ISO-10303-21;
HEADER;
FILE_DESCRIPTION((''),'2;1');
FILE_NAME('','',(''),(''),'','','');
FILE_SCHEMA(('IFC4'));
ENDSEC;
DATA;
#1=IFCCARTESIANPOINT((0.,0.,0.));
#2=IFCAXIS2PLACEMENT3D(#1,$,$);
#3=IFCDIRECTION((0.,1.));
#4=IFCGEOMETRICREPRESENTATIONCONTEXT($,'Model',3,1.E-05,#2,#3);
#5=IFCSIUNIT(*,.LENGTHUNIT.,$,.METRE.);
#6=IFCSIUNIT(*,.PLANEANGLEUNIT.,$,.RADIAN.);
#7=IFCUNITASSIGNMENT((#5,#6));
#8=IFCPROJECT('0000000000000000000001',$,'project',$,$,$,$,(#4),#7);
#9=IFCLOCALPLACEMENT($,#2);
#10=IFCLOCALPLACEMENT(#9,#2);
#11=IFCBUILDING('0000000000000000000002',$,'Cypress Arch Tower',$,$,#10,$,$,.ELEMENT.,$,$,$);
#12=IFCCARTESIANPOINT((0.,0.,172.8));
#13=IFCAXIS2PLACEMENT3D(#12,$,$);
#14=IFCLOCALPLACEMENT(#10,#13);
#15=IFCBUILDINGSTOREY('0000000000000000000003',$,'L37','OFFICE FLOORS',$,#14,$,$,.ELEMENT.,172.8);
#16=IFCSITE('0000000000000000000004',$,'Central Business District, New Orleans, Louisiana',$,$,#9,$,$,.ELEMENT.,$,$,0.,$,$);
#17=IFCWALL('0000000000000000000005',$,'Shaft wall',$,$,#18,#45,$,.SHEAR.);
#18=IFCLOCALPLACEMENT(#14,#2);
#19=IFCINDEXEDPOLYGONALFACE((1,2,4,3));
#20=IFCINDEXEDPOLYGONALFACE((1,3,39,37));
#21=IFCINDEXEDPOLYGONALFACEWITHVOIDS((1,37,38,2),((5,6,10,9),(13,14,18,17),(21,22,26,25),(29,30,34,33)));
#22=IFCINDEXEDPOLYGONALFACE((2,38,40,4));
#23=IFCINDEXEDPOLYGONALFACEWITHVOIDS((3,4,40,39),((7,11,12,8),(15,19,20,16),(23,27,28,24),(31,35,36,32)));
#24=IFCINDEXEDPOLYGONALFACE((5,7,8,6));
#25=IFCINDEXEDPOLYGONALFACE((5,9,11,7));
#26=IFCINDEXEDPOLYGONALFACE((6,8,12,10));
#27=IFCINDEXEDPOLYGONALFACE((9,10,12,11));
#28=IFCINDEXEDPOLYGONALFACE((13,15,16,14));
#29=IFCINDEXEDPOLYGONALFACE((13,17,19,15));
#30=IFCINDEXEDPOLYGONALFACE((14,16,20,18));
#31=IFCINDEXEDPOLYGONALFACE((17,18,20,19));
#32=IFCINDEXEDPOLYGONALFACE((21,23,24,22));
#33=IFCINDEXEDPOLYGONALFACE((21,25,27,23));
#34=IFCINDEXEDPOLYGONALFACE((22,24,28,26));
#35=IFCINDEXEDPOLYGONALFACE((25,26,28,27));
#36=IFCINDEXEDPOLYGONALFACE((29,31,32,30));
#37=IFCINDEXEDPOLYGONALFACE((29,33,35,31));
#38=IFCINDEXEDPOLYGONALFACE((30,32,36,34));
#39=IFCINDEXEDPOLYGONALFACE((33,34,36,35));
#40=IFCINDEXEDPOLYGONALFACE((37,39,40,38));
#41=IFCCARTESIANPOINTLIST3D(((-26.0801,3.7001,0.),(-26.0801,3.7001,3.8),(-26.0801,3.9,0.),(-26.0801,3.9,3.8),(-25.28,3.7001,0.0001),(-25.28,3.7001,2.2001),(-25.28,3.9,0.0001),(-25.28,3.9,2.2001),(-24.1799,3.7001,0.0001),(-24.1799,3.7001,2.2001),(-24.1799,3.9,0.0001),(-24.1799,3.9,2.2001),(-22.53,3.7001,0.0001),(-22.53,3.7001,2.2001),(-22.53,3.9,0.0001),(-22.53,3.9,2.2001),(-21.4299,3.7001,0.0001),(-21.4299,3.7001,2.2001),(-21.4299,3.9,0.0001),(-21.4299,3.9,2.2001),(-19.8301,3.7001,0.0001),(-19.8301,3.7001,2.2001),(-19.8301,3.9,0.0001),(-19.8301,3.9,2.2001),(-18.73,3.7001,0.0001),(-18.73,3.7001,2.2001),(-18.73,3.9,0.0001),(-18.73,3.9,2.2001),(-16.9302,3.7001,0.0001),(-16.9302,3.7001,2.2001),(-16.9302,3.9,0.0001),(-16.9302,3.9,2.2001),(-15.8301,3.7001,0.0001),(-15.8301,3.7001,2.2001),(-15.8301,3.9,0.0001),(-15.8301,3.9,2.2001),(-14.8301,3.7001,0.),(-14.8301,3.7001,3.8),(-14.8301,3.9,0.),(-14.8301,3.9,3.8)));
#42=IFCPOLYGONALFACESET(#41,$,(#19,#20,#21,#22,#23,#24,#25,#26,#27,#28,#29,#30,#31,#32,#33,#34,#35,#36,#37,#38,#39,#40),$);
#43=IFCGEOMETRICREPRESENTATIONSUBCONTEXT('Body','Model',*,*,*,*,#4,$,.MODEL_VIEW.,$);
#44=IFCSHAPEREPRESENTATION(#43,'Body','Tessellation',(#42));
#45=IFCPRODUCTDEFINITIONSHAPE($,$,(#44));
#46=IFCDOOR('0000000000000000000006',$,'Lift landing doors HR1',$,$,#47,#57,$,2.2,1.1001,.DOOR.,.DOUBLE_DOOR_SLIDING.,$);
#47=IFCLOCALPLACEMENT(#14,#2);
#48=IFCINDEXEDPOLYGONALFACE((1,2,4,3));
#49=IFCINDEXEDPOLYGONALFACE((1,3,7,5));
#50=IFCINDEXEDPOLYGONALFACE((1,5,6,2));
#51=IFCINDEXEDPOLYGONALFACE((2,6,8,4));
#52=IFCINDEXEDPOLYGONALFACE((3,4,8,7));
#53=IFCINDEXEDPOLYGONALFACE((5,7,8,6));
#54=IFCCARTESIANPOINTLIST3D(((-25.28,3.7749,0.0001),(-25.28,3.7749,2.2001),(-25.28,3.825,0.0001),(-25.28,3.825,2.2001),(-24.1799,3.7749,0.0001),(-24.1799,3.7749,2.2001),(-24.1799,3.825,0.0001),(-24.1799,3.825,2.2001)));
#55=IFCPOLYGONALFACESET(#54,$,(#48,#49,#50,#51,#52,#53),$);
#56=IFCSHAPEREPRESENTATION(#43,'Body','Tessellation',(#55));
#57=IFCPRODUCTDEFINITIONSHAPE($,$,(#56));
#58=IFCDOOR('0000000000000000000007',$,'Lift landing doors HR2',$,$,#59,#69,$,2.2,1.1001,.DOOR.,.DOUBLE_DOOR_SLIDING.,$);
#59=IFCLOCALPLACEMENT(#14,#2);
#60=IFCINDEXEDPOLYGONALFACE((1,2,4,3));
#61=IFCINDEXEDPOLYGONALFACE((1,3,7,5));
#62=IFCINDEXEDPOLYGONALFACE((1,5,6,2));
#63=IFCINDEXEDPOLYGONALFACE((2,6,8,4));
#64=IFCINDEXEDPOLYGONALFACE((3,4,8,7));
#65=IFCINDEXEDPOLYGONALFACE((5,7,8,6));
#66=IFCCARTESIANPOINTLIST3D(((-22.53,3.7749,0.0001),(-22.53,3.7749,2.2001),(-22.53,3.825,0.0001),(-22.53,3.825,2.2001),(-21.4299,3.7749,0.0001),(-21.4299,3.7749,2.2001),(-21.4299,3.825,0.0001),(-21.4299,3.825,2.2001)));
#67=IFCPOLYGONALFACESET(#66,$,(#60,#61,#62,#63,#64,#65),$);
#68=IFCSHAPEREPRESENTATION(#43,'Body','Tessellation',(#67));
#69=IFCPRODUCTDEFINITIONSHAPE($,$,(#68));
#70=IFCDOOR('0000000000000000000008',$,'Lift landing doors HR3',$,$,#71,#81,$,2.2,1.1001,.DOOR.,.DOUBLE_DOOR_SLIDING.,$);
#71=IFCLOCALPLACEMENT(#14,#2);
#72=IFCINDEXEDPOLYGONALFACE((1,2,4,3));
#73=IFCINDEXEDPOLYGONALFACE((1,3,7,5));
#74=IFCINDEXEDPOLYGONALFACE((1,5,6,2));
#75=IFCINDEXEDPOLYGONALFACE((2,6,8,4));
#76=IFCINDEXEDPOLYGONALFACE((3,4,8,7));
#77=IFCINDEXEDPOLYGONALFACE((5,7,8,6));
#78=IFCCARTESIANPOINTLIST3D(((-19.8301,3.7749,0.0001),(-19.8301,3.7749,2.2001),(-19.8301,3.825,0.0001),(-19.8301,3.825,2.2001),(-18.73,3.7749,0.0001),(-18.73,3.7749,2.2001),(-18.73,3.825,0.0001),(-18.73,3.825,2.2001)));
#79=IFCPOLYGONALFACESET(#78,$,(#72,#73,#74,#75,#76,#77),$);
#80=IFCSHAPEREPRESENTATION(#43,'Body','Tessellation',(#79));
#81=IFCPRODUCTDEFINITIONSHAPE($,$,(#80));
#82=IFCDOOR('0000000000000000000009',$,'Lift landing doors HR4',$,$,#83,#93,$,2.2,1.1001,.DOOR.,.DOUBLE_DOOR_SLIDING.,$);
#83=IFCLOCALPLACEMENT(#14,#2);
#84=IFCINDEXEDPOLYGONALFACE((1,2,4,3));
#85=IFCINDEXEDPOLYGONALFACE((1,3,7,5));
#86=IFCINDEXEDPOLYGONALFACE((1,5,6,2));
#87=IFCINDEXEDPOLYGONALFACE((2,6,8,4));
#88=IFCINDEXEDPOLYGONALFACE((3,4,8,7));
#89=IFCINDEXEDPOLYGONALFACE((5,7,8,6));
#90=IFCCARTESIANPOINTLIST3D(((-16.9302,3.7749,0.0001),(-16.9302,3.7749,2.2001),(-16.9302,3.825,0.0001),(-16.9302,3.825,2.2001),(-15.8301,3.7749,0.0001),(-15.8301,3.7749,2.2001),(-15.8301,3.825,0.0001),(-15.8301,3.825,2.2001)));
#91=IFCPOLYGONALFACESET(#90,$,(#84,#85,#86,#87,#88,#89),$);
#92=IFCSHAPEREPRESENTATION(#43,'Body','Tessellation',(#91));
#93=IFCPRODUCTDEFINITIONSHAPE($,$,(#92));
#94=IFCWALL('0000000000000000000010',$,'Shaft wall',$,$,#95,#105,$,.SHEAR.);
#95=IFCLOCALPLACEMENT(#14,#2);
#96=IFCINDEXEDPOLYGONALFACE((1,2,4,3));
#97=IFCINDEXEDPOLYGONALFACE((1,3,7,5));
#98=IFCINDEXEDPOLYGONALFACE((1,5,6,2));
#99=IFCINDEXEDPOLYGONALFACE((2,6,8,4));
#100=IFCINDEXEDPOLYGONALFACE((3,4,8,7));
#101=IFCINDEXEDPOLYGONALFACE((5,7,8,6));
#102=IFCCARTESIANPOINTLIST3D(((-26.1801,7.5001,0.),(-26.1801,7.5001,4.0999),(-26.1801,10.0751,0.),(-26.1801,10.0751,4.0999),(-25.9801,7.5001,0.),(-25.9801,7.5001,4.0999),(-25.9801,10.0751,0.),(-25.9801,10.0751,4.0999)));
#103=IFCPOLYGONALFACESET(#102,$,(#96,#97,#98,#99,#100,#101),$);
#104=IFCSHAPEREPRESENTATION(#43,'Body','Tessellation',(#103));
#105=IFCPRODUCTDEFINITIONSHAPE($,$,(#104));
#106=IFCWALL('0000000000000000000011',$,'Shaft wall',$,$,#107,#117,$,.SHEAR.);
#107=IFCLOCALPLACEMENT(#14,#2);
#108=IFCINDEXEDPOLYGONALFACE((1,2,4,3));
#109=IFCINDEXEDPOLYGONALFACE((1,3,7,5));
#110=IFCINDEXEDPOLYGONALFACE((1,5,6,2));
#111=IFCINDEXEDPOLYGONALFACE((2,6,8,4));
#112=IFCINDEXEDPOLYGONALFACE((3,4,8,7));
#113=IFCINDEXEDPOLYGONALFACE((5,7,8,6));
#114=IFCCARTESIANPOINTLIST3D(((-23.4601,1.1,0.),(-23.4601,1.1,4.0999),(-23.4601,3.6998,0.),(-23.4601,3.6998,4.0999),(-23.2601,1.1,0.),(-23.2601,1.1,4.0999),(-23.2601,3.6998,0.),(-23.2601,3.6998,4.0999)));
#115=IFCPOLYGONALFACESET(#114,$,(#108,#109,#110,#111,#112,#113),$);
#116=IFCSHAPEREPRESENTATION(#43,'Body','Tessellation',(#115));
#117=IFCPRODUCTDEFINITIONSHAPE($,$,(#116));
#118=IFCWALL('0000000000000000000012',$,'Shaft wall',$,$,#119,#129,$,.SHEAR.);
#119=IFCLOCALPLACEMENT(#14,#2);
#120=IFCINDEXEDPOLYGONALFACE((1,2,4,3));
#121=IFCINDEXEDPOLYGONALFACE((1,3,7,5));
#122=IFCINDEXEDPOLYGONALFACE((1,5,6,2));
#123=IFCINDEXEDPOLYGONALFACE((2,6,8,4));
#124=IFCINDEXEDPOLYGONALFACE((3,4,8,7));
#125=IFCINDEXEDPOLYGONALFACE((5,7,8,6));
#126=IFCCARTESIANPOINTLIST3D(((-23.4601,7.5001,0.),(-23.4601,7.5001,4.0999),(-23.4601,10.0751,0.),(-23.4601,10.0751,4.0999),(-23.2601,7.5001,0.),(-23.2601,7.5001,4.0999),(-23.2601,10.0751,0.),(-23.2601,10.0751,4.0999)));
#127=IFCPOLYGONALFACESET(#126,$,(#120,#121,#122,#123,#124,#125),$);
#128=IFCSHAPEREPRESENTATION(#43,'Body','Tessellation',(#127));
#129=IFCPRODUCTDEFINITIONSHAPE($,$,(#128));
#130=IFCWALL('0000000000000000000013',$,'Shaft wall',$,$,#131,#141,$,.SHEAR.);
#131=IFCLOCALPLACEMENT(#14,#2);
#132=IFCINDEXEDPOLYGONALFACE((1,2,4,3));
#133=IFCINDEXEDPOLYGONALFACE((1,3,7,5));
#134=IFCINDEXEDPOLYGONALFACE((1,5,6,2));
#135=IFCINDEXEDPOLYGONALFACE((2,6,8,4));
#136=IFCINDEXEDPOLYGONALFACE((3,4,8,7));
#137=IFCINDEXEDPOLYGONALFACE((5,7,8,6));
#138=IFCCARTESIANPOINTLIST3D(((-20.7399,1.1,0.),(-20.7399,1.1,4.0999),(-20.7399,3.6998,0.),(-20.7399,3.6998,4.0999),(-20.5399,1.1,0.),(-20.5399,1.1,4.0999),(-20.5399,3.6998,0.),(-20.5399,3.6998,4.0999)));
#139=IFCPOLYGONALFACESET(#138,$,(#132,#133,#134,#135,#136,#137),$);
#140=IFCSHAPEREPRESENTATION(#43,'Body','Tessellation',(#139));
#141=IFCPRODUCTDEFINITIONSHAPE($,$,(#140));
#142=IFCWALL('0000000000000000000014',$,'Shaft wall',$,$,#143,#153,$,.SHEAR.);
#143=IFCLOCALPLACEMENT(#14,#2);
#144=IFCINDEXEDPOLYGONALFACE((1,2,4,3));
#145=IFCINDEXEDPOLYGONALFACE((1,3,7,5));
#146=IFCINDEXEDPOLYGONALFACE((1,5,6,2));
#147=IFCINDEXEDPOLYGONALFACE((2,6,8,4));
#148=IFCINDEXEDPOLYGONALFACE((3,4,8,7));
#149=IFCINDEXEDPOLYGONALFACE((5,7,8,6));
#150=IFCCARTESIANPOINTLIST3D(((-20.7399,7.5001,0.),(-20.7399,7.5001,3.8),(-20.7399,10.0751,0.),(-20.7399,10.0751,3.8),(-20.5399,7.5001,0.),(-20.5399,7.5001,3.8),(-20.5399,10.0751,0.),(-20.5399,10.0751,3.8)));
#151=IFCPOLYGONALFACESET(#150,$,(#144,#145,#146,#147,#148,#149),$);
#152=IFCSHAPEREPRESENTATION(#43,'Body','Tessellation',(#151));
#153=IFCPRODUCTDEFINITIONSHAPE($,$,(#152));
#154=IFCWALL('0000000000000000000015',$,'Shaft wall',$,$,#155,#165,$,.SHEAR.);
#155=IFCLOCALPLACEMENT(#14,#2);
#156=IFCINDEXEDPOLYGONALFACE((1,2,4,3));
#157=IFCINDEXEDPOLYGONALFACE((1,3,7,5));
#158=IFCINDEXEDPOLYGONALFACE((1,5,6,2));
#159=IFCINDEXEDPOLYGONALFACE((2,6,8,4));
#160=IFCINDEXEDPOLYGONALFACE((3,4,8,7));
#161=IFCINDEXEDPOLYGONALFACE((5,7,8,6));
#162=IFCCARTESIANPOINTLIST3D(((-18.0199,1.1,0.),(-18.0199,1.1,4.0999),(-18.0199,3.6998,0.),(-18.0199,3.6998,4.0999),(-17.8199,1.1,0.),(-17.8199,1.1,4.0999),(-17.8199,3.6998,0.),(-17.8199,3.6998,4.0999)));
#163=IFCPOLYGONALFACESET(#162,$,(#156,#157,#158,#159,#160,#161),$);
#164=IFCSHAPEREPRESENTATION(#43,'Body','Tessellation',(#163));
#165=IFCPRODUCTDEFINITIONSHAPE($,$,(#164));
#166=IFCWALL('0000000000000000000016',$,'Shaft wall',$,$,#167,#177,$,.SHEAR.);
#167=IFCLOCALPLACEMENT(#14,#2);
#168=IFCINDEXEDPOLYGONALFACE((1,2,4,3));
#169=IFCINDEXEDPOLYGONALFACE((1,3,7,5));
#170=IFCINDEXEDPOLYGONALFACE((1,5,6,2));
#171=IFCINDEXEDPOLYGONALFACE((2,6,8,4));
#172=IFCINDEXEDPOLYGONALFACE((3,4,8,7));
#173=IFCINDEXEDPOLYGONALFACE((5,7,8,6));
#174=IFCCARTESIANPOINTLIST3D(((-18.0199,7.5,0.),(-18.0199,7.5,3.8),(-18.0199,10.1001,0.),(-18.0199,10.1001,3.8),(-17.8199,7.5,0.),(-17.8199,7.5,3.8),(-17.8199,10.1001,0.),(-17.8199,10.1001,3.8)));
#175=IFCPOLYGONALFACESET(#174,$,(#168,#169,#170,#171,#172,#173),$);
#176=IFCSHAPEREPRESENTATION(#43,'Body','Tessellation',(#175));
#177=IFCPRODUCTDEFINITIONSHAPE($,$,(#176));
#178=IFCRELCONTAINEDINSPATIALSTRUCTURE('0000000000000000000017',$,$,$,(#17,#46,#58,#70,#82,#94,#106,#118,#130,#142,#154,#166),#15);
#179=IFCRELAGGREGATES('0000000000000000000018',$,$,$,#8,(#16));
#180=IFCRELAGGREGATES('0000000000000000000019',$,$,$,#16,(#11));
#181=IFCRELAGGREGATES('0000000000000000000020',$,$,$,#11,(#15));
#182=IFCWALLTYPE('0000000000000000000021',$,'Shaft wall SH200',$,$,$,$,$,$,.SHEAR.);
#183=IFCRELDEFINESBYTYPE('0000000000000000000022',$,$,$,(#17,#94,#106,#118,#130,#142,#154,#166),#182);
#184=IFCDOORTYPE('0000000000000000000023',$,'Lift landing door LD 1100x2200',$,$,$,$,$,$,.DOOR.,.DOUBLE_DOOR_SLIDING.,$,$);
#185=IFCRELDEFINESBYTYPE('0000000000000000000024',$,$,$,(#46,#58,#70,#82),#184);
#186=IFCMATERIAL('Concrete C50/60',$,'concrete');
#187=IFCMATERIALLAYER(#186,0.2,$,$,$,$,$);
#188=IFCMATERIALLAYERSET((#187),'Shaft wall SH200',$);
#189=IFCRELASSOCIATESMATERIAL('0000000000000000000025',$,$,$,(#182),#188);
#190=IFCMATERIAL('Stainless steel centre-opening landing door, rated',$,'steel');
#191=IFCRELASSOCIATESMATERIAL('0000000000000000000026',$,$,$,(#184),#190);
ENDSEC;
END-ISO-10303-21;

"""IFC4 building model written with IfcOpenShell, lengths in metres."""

from ifc_helpers import new_model, si_unit, direction, frame, frame_2d, origin, place, context, subcontext, project, spatial, rectangle, extrude, material, layer, layer_set, type_object, element, fill, save


model = new_model("IFC4")

# Units and contexts
model_context = context("Model", 3, precision=1e-05, world=origin(), true_north=direction((0.0, 1.0)))
body_context = subcontext(model_context, "Body", "Model", "MODEL_VIEW")
ifc_project = project(units=[si_unit("LENGTHUNIT", "METRE"), si_unit("PLANEANGLEUNIT", "RADIAN")], contexts=[model_context])

# Site, building, storey
site_placement = place(None, origin())
site = spatial("IfcSite", under=ifc_project, at=site_placement, Name="Central Business District, New Orleans, Louisiana", CompositionType="ELEMENT", RefElevation=0.0)
building_placement = place(site_placement, origin())
building = spatial("IfcBuilding", under=site, at=building_placement, Name="Cypress Arch Tower", CompositionType="ELEMENT")
storey_placement = place(building_placement, frame((0.0, 0.0, 172.8)))
storey = spatial("IfcBuildingStorey", under=building, at=storey_placement, Name="L37", Description="OFFICE FLOORS", CompositionType="ELEMENT", Elevation=172.8)

# Shared definitions
ifc_material_1 = material(Name="Concrete C50/60", Category="concrete")
ifc_layer_1 = layer(ifc_material_1, 0.2)
ifc_layer_set_1 = layer_set([ifc_layer_1], Name="Shaft wall SH200")
wall_type_1 = type_object("IfcWallType", Name="Shaft wall SH200", PredefinedType="SHEAR", material=ifc_layer_set_1)
ifc_material_2 = material(Name="Stainless steel centre-opening landing door, rated", Category="steel")
door_type_1 = type_object("IfcDoorType", Name="Lift landing door LD 1100x2200", OperationType="DOUBLE_DOOR_SLIDING", PredefinedType="DOOR", material=ifc_material_2)

# Wall, openings, doors
wall_1_placement = place(storey_placement, frame((-26.0801, 3.8, 0.0), z_axis=(0.0, 0.0, 1.0), x_axis=(1.0, 0.0, 0.0)))
wall_1 = element("IfcWall", 1, at=wall_1_placement, inside=storey, type_object=wall_type_1, Name="Shaft wall", PredefinedType="SHEAR", context=body_context, shape_type="SweptSolid", body=[
    extrude(rectangle(XDim=11.25, YDim=0.2, at=frame_2d((5.625, 0.0))), origin(), (0.0, 0.0, 1.0), 3.8),
])
opening_1_placement = place(wall_1_placement, frame((0.8, 0.0, 0.0)))
opening_1 = element("IfcOpeningElement", 2, at=opening_1_placement, cuts=wall_1, PredefinedType="OPENING", context=body_context, shape_type="SweptSolid", body=[
    extrude(rectangle(XDim=1.1001, YDim=2.2, at=frame_2d((0.55, 1.1001))), frame((0.0, 0.1099, 0.0), z_axis=(0.0, -1.0, 0.0), x_axis=(1.0, 0.0, 0.0)), (0.0, 0.0, 1.0), 0.22),
])
opening_2_placement = place(wall_1_placement, frame((3.55, 0.0, 0.0)))
opening_2 = element("IfcOpeningElement", 3, at=opening_2_placement, cuts=wall_1, PredefinedType="OPENING", context=body_context, shape_type="SweptSolid", body=[
    extrude(rectangle(XDim=1.1001, YDim=2.2, at=frame_2d((0.55, 1.1001))), frame((0.0, 0.1099, 0.0), z_axis=(0.0, -1.0, 0.0), x_axis=(1.0, 0.0, 0.0)), (0.0, 0.0, 1.0), 0.22),
])
opening_3_placement = place(wall_1_placement, frame((6.25, 0.0, 0.0)))
opening_3 = element("IfcOpeningElement", 4, at=opening_3_placement, cuts=wall_1, PredefinedType="OPENING", context=body_context, shape_type="SweptSolid", body=[
    extrude(rectangle(XDim=1.1001, YDim=2.2, at=frame_2d((0.55, 1.1001))), frame((0.0, 0.1099, 0.0), z_axis=(0.0, -1.0, 0.0), x_axis=(1.0, 0.0, 0.0)), (0.0, 0.0, 1.0), 0.22),
])
opening_4_placement = place(wall_1_placement, frame((9.1499, 0.0, 0.0)))
opening_4 = element("IfcOpeningElement", 5, at=opening_4_placement, cuts=wall_1, PredefinedType="OPENING", context=body_context, shape_type="SweptSolid", body=[
    extrude(rectangle(XDim=1.1001, YDim=2.2, at=frame_2d((0.55, 1.1001))), frame((0.0, 0.1099, 0.0), z_axis=(0.0, -1.0, 0.0), x_axis=(1.0, 0.0, 0.0)), (0.0, 0.0, 1.0), 0.22),
])
door_1_placement = place(opening_1_placement, origin())
door_1 = element("IfcDoor", 6, at=door_1_placement, inside=storey, type_object=door_type_1, Name="Lift landing doors HR1", OperationType="DOUBLE_DOOR_SLIDING", OverallHeight=2.2, OverallWidth=1.1001, PredefinedType="DOOR", context=body_context, shape_type="SweptSolid", body=[
    extrude(rectangle(XDim=1.1001, YDim=2.2, at=frame_2d((0.55, 1.1001))), frame((0.0, 0.0249, 0.0), z_axis=(0.0, -1.0, 0.0), x_axis=(1.0, 0.0, 0.0)), (0.0, 0.0, 1.0), 0.05),
])
fill(opening_1, door_1)
door_2_placement = place(opening_2_placement, origin())
door_2 = element("IfcDoor", 7, at=door_2_placement, inside=storey, type_object=door_type_1, Name="Lift landing doors HR2", OperationType="DOUBLE_DOOR_SLIDING", OverallHeight=2.2, OverallWidth=1.1001, PredefinedType="DOOR", context=body_context, shape_type="SweptSolid", body=[
    extrude(rectangle(XDim=1.1001, YDim=2.2, at=frame_2d((0.55, 1.1001))), frame((0.0, 0.0249, 0.0), z_axis=(0.0, -1.0, 0.0), x_axis=(1.0, 0.0, 0.0)), (0.0, 0.0, 1.0), 0.05),
])
fill(opening_2, door_2)
door_3_placement = place(opening_3_placement, origin())
door_3 = element("IfcDoor", 8, at=door_3_placement, inside=storey, type_object=door_type_1, Name="Lift landing doors HR3", OperationType="DOUBLE_DOOR_SLIDING", OverallHeight=2.2, OverallWidth=1.1001, PredefinedType="DOOR", context=body_context, shape_type="SweptSolid", body=[
    extrude(rectangle(XDim=1.1001, YDim=2.2, at=frame_2d((0.55, 1.1001))), frame((0.0, 0.0249, 0.0), z_axis=(0.0, -1.0, 0.0), x_axis=(1.0, 0.0, 0.0)), (0.0, 0.0, 1.0), 0.05),
])
fill(opening_3, door_3)
door_4_placement = place(opening_4_placement, origin())
door_4 = element("IfcDoor", 9, at=door_4_placement, inside=storey, type_object=door_type_1, Name="Lift landing doors HR4", OperationType="DOUBLE_DOOR_SLIDING", OverallHeight=2.2, OverallWidth=1.1001, PredefinedType="DOOR", context=body_context, shape_type="SweptSolid", body=[
    extrude(rectangle(XDim=1.1001, YDim=2.2, at=frame_2d((0.55, 1.1001))), frame((0.0, 0.0249, 0.0), z_axis=(0.0, -1.0, 0.0), x_axis=(1.0, 0.0, 0.0)), (0.0, 0.0, 1.0), 0.05),
])
fill(opening_4, door_4)

# Walls
wall_2_placement = place(storey_placement, frame((-26.0801, 7.5, 0.0), z_axis=(0.0, 0.0, 1.0), x_axis=(0.0, 1.0, 0.0)))
element("IfcWall", 10, at=wall_2_placement, inside=storey, type_object=wall_type_1, Name="Shaft wall", PredefinedType="SHEAR", context=body_context, shape_type="SweptSolid", body=[
    extrude(rectangle(XDim=2.575, YDim=0.2, at=frame_2d((1.2876, 0.0))), origin(), (0.0, 0.0, 1.0), 4.0999),
])
wall_3_placement = place(storey_placement, frame((-23.3601, 1.1001, 0.0), z_axis=(0.0, 0.0, 1.0), x_axis=(0.0, 1.0, 0.0)))
element("IfcWall", 11, at=wall_3_placement, inside=storey, type_object=wall_type_1, Name="Shaft wall", PredefinedType="SHEAR", context=body_context, shape_type="SweptSolid", body=[
    extrude(rectangle(XDim=2.5999, YDim=0.2, at=frame_2d((1.2998, 0.0))), origin(), (0.0, 0.0, 1.0), 4.0999),
])
wall_4_placement = place(storey_placement, frame((-23.3601, 7.5, 0.0), z_axis=(0.0, 0.0, 1.0), x_axis=(0.0, 1.0, 0.0)))
element("IfcWall", 12, at=wall_4_placement, inside=storey, type_object=wall_type_1, Name="Shaft wall", PredefinedType="SHEAR", context=body_context, shape_type="SweptSolid", body=[
    extrude(rectangle(XDim=2.575, YDim=0.2, at=frame_2d((1.2876, 0.0))), origin(), (0.0, 0.0, 1.0), 4.0999),
])
wall_5_placement = place(storey_placement, frame((-20.6399, 1.1001, 0.0), z_axis=(0.0, 0.0, 1.0), x_axis=(0.0, 1.0, 0.0)))
element("IfcWall", 13, at=wall_5_placement, inside=storey, type_object=wall_type_1, Name="Shaft wall", PredefinedType="SHEAR", context=body_context, shape_type="SweptSolid", body=[
    extrude(rectangle(XDim=2.5999, YDim=0.2, at=frame_2d((1.2998, 0.0))), origin(), (0.0, 0.0, 1.0), 4.0999),
])
wall_6_placement = place(storey_placement, frame((-20.6399, 7.5, 0.0), z_axis=(0.0, 0.0, 1.0), x_axis=(0.0, 1.0, 0.0)))
element("IfcWall", 14, at=wall_6_placement, inside=storey, type_object=wall_type_1, Name="Shaft wall", PredefinedType="SHEAR", context=body_context, shape_type="SweptSolid", body=[
    extrude(rectangle(XDim=2.575, YDim=0.2, at=frame_2d((1.2876, 0.0))), origin(), (0.0, 0.0, 1.0), 3.8),
])
wall_7_placement = place(storey_placement, frame((-17.9199, 1.1001, 0.0), z_axis=(0.0, 0.0, 1.0), x_axis=(0.0, 1.0, 0.0)))
element("IfcWall", 15, at=wall_7_placement, inside=storey, type_object=wall_type_1, Name="Shaft wall", PredefinedType="SHEAR", context=body_context, shape_type="SweptSolid", body=[
    extrude(rectangle(XDim=2.5999, YDim=0.2, at=frame_2d((1.2998, 0.0))), origin(), (0.0, 0.0, 1.0), 4.0999),
])
wall_8_placement = place(storey_placement, frame((-17.9199, 7.5, 0.0), z_axis=(0.0, 0.0, 1.0), x_axis=(0.0, 1.0, 0.0)))
element("IfcWall", 16, at=wall_8_placement, inside=storey, type_object=wall_type_1, Name="Shaft wall", PredefinedType="SHEAR", context=body_context, shape_type="SweptSolid", body=[
    extrude(rectangle(XDim=2.6001, YDim=0.2, at=frame_2d((1.3, 0.0))), origin(), (0.0, 0.0, 1.0), 3.8),
])

save(model, "model.ifc")
